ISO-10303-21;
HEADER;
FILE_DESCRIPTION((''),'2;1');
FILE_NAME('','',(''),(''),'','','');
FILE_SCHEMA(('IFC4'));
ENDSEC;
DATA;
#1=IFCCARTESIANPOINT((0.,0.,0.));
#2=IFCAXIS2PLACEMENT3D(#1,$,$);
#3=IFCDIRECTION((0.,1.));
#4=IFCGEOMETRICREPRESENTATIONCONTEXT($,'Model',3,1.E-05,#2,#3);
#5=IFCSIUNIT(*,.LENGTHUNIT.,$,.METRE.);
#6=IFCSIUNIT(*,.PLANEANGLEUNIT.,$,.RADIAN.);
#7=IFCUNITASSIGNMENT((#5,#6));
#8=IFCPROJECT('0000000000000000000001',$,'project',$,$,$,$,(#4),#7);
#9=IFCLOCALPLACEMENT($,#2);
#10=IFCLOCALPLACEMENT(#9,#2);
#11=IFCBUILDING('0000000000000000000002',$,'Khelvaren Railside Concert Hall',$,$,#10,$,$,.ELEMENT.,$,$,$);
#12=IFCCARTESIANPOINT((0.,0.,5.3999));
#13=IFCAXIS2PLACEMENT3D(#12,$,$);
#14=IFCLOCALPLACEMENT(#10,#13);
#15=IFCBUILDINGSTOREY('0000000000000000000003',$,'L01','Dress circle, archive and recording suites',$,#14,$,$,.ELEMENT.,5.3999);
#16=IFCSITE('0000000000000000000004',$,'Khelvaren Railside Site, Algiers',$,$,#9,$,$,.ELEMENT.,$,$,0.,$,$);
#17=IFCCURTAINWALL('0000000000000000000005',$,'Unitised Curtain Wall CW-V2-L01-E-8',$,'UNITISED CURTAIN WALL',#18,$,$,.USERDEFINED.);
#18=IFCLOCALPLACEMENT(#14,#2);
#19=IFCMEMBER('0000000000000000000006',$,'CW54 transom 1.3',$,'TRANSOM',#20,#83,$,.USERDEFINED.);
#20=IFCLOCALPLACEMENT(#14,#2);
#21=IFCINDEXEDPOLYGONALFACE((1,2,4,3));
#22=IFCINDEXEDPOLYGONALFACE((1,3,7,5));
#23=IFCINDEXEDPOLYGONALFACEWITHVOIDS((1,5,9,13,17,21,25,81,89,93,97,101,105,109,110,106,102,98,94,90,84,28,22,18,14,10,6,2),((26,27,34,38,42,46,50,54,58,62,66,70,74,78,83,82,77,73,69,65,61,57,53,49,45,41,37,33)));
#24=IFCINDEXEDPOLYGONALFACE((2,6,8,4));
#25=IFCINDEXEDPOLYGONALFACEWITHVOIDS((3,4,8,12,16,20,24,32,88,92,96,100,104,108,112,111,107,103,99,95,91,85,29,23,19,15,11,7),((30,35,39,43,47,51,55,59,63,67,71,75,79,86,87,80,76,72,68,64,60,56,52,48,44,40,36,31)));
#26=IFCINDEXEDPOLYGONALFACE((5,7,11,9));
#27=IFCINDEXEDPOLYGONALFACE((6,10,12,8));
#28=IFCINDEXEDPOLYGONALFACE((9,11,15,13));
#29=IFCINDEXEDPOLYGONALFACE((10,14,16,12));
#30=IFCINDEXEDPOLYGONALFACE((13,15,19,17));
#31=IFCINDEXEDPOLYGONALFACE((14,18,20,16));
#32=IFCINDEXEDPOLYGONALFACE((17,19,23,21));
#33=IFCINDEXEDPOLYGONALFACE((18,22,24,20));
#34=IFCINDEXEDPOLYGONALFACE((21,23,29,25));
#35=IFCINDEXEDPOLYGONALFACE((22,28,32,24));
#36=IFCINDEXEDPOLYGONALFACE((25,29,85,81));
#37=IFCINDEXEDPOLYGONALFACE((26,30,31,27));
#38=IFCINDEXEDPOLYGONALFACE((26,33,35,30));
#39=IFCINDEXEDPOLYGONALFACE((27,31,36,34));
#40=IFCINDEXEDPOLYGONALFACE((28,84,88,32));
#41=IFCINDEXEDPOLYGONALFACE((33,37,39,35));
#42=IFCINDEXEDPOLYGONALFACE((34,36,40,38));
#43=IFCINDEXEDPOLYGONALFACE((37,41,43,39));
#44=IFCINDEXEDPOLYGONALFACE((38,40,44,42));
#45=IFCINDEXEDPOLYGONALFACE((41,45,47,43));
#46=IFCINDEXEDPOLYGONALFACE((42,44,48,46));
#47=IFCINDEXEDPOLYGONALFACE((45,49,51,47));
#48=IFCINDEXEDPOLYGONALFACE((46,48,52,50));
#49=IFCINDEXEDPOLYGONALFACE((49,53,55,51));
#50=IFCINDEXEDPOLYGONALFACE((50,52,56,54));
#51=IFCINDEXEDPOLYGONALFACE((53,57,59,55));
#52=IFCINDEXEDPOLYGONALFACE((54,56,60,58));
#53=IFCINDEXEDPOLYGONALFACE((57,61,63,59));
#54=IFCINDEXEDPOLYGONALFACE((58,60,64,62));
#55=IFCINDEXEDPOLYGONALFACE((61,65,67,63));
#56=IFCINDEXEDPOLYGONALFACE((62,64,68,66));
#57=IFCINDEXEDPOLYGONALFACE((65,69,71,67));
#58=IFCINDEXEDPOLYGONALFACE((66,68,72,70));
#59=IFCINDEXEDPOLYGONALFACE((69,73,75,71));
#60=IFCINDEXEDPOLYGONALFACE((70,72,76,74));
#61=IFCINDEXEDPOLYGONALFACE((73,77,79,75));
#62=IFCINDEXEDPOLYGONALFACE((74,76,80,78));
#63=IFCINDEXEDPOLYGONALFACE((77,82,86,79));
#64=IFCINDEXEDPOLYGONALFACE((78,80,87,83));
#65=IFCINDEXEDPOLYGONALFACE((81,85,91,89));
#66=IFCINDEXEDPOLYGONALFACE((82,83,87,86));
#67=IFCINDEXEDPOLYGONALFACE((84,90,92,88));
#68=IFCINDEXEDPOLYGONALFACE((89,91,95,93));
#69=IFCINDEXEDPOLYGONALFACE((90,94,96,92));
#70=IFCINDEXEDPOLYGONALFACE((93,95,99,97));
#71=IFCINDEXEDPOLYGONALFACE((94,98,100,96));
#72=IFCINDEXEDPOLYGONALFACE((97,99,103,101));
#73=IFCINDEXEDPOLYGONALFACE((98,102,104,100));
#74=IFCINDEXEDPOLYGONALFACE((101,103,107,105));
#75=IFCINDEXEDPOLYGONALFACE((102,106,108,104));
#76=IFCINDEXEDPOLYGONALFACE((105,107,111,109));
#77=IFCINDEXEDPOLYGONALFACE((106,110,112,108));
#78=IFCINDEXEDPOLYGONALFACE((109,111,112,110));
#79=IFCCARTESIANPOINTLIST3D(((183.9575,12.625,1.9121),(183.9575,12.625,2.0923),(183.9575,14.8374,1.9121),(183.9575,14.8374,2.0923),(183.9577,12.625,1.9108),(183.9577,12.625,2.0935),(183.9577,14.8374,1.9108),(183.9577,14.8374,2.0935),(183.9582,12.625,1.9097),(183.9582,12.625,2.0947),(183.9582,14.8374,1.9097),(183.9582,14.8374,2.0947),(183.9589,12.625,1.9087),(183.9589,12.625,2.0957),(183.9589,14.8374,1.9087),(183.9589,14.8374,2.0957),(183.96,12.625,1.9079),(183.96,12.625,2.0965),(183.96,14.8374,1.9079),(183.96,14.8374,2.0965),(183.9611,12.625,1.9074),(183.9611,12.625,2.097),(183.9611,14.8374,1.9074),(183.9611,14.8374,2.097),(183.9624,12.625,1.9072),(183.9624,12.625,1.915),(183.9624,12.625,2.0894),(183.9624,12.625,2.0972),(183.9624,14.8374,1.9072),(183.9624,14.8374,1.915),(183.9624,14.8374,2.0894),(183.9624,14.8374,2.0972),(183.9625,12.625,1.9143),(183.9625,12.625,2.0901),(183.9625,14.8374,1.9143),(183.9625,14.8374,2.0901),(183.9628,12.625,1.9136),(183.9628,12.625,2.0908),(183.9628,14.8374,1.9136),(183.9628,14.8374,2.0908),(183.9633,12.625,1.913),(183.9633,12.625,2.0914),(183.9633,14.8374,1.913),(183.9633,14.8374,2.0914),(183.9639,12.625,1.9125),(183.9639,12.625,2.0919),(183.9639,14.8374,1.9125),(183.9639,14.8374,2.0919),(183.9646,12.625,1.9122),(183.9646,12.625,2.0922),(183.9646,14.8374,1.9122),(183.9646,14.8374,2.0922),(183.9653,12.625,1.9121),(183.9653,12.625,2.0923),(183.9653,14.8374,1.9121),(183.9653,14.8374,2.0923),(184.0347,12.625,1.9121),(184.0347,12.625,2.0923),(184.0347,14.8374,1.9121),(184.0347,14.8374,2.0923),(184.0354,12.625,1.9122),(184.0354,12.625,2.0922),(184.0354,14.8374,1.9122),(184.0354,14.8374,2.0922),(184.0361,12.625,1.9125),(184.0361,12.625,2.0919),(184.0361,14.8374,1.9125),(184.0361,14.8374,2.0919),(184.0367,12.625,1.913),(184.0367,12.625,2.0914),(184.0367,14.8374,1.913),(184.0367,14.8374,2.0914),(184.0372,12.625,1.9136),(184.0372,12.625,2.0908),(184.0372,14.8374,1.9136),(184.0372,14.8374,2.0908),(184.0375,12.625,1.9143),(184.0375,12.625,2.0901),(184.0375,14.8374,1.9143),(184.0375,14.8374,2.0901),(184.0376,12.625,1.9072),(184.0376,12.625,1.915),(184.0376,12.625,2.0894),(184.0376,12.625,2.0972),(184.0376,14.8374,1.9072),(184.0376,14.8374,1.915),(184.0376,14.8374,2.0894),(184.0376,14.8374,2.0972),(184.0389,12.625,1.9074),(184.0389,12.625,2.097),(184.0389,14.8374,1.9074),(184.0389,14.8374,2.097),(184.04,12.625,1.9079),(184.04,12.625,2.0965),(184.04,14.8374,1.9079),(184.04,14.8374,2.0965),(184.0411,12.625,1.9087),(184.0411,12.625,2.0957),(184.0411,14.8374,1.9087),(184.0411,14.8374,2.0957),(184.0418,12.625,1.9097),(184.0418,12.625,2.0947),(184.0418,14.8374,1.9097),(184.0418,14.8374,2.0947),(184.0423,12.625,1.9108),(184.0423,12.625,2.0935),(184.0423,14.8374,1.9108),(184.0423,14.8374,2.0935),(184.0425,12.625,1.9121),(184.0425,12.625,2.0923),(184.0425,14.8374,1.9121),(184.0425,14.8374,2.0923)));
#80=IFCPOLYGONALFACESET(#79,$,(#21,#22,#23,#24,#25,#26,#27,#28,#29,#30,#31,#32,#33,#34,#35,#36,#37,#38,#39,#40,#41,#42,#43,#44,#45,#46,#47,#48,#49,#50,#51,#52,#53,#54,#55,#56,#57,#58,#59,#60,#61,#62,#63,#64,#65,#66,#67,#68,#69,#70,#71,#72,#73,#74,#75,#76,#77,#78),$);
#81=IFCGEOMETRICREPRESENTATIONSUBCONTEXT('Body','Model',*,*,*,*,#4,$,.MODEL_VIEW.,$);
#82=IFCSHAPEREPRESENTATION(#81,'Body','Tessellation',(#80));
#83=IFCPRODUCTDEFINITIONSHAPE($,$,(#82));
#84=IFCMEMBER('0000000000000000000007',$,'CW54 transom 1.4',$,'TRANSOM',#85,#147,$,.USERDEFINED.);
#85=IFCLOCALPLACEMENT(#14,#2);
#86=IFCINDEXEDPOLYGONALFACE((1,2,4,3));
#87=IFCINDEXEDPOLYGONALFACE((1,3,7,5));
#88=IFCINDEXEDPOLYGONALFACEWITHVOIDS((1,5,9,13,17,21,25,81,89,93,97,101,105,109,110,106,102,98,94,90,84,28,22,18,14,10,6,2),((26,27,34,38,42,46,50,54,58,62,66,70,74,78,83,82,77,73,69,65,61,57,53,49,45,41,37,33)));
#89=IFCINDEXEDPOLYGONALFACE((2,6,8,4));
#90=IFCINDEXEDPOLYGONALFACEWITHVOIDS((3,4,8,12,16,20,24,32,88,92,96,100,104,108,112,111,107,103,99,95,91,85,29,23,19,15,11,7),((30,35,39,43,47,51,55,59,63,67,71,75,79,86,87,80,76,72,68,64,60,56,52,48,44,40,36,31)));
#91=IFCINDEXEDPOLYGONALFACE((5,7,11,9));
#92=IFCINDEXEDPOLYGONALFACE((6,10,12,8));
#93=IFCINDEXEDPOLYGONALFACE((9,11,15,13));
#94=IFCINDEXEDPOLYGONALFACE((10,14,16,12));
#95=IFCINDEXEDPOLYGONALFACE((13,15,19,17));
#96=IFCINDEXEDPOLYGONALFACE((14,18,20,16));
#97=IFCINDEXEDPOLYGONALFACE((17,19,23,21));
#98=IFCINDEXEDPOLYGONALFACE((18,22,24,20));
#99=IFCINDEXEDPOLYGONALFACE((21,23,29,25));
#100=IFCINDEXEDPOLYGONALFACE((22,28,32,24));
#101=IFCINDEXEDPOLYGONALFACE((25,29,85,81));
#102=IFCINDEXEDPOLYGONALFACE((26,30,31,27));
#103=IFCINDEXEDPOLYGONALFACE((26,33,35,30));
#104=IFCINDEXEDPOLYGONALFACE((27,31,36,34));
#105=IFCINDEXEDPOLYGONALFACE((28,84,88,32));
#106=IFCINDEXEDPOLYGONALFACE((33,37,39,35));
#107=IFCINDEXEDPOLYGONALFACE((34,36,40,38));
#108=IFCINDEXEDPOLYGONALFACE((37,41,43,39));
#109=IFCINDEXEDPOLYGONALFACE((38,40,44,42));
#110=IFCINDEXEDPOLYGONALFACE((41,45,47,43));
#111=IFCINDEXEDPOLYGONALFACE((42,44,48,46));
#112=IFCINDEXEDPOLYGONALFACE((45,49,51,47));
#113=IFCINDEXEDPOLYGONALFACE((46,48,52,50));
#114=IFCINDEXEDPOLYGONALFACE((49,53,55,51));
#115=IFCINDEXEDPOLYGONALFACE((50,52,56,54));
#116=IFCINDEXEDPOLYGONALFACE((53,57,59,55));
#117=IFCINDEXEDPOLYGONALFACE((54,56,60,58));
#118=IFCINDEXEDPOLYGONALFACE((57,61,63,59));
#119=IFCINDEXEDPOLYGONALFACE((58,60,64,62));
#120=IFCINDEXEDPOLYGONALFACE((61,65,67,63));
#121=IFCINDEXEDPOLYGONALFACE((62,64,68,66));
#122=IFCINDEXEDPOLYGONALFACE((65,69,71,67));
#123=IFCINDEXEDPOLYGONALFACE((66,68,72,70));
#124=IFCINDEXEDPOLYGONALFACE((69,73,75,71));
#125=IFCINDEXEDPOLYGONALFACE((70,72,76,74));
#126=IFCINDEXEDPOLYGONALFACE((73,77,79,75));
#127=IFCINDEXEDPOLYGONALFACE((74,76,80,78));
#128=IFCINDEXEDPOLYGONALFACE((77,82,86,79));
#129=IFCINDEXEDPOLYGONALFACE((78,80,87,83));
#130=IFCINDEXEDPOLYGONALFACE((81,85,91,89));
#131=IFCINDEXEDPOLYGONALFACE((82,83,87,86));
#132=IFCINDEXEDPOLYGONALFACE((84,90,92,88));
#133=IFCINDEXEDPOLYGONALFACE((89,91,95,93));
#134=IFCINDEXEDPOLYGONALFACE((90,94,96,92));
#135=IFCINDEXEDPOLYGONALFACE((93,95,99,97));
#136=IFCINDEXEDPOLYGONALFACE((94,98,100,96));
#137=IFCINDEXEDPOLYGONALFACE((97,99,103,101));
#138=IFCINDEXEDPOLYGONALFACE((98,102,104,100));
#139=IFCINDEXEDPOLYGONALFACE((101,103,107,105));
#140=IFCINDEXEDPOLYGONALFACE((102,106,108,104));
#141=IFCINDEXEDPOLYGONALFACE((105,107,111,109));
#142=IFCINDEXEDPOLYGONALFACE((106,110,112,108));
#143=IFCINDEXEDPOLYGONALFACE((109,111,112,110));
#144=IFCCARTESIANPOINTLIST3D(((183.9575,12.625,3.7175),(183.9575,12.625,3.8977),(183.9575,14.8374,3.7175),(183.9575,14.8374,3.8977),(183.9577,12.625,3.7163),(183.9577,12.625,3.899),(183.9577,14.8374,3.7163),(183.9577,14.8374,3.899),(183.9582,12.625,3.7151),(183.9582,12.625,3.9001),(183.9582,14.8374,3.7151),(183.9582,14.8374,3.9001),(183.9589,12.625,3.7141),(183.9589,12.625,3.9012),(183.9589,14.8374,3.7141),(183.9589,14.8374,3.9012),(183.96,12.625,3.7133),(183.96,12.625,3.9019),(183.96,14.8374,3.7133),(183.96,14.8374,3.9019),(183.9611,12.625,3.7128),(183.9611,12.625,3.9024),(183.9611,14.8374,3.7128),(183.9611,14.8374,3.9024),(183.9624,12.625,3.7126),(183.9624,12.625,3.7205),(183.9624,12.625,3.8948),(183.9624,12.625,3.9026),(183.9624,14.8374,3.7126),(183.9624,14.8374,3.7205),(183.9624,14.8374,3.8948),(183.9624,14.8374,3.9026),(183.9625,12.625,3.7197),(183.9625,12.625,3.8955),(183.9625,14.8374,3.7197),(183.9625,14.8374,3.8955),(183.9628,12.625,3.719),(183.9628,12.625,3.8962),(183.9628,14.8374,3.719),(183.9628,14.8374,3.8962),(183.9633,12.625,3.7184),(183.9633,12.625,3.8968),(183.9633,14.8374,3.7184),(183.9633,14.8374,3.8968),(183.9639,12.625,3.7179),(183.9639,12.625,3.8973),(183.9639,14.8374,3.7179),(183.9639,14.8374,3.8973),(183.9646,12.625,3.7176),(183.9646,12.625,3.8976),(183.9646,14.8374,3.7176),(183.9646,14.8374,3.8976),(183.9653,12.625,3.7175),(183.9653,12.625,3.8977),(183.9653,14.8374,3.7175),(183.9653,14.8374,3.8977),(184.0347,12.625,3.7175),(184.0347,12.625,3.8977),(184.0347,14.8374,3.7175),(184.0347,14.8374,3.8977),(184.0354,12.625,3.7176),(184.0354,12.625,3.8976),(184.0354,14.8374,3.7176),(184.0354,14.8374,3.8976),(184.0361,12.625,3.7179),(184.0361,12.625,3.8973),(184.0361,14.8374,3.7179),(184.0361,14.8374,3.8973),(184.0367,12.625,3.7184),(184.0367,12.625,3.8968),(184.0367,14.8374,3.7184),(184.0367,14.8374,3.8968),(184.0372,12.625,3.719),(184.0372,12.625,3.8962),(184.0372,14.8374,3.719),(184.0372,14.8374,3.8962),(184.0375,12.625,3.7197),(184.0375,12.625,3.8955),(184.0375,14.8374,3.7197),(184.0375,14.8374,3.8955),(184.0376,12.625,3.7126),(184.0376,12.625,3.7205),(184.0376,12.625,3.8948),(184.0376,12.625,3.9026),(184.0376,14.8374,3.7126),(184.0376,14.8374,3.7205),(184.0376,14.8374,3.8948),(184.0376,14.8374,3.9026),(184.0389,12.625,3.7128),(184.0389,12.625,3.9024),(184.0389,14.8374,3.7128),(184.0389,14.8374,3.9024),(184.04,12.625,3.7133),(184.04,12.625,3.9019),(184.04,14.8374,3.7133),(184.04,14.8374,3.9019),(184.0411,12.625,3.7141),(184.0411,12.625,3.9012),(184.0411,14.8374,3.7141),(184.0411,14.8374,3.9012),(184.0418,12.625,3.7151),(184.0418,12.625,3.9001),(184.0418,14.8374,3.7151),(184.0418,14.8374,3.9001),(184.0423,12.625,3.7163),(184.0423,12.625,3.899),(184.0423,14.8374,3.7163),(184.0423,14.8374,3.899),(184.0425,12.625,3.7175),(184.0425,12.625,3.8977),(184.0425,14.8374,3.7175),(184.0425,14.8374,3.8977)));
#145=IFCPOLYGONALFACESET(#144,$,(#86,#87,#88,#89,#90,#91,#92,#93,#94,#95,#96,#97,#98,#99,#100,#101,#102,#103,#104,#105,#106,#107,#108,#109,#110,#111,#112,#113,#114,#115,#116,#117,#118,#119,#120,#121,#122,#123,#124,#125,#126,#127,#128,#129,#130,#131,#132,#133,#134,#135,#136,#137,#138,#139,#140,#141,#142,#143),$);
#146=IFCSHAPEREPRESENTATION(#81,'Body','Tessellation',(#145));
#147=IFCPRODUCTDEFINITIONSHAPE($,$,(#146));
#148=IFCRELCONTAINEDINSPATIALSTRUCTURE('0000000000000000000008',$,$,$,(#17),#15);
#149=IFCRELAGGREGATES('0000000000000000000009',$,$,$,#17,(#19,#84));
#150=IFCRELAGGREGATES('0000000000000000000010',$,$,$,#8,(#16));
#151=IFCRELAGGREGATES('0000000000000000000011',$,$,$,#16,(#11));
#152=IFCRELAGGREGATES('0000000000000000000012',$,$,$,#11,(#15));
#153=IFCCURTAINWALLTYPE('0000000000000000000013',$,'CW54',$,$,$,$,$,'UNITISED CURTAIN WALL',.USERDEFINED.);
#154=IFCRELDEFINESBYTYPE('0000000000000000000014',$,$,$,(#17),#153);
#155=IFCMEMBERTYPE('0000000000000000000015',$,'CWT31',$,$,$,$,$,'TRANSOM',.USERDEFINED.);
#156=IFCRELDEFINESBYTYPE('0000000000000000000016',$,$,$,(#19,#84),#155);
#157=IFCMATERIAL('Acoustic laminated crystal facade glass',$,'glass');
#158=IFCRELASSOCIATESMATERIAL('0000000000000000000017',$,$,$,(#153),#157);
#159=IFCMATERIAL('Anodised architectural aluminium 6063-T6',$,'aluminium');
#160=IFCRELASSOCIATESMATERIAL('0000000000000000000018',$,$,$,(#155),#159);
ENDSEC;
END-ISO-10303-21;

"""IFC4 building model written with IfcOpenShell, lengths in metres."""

from ifc_helpers import new_model, si_unit, direction, frame, origin, origin_2d, place, context, subcontext, project, spatial, hollow_rectangle, extrude, material, material_profile, profile_set, type_object, element, aggregate, save


model = new_model("IFC4")

# Units and contexts
model_context = context("Model", 3, precision=1e-05, world=origin(), true_north=direction((0.0, 1.0)))
body_context = subcontext(model_context, "Body", "Model", "MODEL_VIEW")
ifc_project = project(units=[si_unit("LENGTHUNIT", "METRE"), si_unit("PLANEANGLEUNIT", "RADIAN")], contexts=[model_context])

# Site, building, storey
site_placement = place(None, origin())
site = spatial("IfcSite", under=ifc_project, at=site_placement, Name="Khelvaren Railside Site, Algiers", CompositionType="ELEMENT", RefElevation=0.0)
building_placement = place(site_placement, origin())
building = spatial("IfcBuilding", under=site, at=building_placement, Name="Khelvaren Railside Concert Hall", CompositionType="ELEMENT")
storey_placement = place(building_placement, frame((0.0, 0.0, 5.3999)))
storey = spatial("IfcBuildingStorey", under=building, at=storey_placement, Name="L01", Description="Dress circle, archive and recording suites", CompositionType="ELEMENT", Elevation=5.3999)

# Curtain wall, members
ifc_material_1 = material(Name="Anodised architectural aluminium 6063-T6", Category="aluminium")
ifc_material_2 = material(Name="Acoustic laminated crystal facade glass", Category="glass")
curtain_wall_type_1 = type_object("IfcCurtainWallType", Name="CW54", ElementType="UNITISED CURTAIN WALL", PredefinedType="USERDEFINED", material=ifc_material_2)
curtain_wall_1_placement = place(storey_placement, origin())
curtain_wall_1 = element("IfcCurtainWall", 1, at=curtain_wall_1_placement, inside=storey, type_object=curtain_wall_type_1, Name="Unitised Curtain Wall CW-V2-L01-E-8", ObjectType="UNITISED CURTAIN WALL", PredefinedType="USERDEFINED")
ifc_material_profile_1 = material_profile(ifc_material_1, hollow_rectangle(XDim=0.085, YDim=0.1899, WallThickness=0.0049, InnerFilletRadius=0.0029, OuterFilletRadius=0.0049, at=origin_2d()), Name="CWT 85x190x5")
ifc_profile_set_1 = profile_set([ifc_material_profile_1], Name="Anodised architectural aluminium 6063-T6")
member_type_1 = type_object("IfcMemberType", Name="CWT31", ElementType="TRANSOM", PredefinedType="USERDEFINED", material=ifc_profile_set_1)
member_1_placement = place(storey_placement, frame((184.0, 14.8374, 2.0022), z_axis=(0.0, -1.0, 0.0), x_axis=(1.0, 0.0, 0.0)))
member_1 = element("IfcMember", 2, at=member_1_placement, type_object=member_type_1, Name="CW54 transom 1.3", ObjectType="TRANSOM", PredefinedType="USERDEFINED", context=body_context, shape_type="SweptSolid", body=[
    extrude(hollow_rectangle(XDim=0.085, YDim=0.1899, WallThickness=0.0049, InnerFilletRadius=0.0029, OuterFilletRadius=0.0049, at=origin_2d()), origin(), (0.0, 0.0, 1.0), 2.2124),
])
member_2_placement = place(storey_placement, frame((184.0, 14.8374, 3.8076), z_axis=(0.0, -1.0, 0.0), x_axis=(1.0, 0.0, 0.0)))
member_2 = element("IfcMember", 3, at=member_2_placement, type_object=member_type_1, Name="CW54 transom 1.4", ObjectType="TRANSOM", PredefinedType="USERDEFINED", context=body_context, shape_type="SweptSolid", body=[
    extrude(hollow_rectangle(XDim=0.085, YDim=0.1899, WallThickness=0.0049, InnerFilletRadius=0.0029, OuterFilletRadius=0.0049, at=origin_2d()), origin(), (0.0, 0.0, 1.0), 2.2124),
])

aggregate(curtain_wall_1, [member_1, member_2])

save(model, "model.ifc")
